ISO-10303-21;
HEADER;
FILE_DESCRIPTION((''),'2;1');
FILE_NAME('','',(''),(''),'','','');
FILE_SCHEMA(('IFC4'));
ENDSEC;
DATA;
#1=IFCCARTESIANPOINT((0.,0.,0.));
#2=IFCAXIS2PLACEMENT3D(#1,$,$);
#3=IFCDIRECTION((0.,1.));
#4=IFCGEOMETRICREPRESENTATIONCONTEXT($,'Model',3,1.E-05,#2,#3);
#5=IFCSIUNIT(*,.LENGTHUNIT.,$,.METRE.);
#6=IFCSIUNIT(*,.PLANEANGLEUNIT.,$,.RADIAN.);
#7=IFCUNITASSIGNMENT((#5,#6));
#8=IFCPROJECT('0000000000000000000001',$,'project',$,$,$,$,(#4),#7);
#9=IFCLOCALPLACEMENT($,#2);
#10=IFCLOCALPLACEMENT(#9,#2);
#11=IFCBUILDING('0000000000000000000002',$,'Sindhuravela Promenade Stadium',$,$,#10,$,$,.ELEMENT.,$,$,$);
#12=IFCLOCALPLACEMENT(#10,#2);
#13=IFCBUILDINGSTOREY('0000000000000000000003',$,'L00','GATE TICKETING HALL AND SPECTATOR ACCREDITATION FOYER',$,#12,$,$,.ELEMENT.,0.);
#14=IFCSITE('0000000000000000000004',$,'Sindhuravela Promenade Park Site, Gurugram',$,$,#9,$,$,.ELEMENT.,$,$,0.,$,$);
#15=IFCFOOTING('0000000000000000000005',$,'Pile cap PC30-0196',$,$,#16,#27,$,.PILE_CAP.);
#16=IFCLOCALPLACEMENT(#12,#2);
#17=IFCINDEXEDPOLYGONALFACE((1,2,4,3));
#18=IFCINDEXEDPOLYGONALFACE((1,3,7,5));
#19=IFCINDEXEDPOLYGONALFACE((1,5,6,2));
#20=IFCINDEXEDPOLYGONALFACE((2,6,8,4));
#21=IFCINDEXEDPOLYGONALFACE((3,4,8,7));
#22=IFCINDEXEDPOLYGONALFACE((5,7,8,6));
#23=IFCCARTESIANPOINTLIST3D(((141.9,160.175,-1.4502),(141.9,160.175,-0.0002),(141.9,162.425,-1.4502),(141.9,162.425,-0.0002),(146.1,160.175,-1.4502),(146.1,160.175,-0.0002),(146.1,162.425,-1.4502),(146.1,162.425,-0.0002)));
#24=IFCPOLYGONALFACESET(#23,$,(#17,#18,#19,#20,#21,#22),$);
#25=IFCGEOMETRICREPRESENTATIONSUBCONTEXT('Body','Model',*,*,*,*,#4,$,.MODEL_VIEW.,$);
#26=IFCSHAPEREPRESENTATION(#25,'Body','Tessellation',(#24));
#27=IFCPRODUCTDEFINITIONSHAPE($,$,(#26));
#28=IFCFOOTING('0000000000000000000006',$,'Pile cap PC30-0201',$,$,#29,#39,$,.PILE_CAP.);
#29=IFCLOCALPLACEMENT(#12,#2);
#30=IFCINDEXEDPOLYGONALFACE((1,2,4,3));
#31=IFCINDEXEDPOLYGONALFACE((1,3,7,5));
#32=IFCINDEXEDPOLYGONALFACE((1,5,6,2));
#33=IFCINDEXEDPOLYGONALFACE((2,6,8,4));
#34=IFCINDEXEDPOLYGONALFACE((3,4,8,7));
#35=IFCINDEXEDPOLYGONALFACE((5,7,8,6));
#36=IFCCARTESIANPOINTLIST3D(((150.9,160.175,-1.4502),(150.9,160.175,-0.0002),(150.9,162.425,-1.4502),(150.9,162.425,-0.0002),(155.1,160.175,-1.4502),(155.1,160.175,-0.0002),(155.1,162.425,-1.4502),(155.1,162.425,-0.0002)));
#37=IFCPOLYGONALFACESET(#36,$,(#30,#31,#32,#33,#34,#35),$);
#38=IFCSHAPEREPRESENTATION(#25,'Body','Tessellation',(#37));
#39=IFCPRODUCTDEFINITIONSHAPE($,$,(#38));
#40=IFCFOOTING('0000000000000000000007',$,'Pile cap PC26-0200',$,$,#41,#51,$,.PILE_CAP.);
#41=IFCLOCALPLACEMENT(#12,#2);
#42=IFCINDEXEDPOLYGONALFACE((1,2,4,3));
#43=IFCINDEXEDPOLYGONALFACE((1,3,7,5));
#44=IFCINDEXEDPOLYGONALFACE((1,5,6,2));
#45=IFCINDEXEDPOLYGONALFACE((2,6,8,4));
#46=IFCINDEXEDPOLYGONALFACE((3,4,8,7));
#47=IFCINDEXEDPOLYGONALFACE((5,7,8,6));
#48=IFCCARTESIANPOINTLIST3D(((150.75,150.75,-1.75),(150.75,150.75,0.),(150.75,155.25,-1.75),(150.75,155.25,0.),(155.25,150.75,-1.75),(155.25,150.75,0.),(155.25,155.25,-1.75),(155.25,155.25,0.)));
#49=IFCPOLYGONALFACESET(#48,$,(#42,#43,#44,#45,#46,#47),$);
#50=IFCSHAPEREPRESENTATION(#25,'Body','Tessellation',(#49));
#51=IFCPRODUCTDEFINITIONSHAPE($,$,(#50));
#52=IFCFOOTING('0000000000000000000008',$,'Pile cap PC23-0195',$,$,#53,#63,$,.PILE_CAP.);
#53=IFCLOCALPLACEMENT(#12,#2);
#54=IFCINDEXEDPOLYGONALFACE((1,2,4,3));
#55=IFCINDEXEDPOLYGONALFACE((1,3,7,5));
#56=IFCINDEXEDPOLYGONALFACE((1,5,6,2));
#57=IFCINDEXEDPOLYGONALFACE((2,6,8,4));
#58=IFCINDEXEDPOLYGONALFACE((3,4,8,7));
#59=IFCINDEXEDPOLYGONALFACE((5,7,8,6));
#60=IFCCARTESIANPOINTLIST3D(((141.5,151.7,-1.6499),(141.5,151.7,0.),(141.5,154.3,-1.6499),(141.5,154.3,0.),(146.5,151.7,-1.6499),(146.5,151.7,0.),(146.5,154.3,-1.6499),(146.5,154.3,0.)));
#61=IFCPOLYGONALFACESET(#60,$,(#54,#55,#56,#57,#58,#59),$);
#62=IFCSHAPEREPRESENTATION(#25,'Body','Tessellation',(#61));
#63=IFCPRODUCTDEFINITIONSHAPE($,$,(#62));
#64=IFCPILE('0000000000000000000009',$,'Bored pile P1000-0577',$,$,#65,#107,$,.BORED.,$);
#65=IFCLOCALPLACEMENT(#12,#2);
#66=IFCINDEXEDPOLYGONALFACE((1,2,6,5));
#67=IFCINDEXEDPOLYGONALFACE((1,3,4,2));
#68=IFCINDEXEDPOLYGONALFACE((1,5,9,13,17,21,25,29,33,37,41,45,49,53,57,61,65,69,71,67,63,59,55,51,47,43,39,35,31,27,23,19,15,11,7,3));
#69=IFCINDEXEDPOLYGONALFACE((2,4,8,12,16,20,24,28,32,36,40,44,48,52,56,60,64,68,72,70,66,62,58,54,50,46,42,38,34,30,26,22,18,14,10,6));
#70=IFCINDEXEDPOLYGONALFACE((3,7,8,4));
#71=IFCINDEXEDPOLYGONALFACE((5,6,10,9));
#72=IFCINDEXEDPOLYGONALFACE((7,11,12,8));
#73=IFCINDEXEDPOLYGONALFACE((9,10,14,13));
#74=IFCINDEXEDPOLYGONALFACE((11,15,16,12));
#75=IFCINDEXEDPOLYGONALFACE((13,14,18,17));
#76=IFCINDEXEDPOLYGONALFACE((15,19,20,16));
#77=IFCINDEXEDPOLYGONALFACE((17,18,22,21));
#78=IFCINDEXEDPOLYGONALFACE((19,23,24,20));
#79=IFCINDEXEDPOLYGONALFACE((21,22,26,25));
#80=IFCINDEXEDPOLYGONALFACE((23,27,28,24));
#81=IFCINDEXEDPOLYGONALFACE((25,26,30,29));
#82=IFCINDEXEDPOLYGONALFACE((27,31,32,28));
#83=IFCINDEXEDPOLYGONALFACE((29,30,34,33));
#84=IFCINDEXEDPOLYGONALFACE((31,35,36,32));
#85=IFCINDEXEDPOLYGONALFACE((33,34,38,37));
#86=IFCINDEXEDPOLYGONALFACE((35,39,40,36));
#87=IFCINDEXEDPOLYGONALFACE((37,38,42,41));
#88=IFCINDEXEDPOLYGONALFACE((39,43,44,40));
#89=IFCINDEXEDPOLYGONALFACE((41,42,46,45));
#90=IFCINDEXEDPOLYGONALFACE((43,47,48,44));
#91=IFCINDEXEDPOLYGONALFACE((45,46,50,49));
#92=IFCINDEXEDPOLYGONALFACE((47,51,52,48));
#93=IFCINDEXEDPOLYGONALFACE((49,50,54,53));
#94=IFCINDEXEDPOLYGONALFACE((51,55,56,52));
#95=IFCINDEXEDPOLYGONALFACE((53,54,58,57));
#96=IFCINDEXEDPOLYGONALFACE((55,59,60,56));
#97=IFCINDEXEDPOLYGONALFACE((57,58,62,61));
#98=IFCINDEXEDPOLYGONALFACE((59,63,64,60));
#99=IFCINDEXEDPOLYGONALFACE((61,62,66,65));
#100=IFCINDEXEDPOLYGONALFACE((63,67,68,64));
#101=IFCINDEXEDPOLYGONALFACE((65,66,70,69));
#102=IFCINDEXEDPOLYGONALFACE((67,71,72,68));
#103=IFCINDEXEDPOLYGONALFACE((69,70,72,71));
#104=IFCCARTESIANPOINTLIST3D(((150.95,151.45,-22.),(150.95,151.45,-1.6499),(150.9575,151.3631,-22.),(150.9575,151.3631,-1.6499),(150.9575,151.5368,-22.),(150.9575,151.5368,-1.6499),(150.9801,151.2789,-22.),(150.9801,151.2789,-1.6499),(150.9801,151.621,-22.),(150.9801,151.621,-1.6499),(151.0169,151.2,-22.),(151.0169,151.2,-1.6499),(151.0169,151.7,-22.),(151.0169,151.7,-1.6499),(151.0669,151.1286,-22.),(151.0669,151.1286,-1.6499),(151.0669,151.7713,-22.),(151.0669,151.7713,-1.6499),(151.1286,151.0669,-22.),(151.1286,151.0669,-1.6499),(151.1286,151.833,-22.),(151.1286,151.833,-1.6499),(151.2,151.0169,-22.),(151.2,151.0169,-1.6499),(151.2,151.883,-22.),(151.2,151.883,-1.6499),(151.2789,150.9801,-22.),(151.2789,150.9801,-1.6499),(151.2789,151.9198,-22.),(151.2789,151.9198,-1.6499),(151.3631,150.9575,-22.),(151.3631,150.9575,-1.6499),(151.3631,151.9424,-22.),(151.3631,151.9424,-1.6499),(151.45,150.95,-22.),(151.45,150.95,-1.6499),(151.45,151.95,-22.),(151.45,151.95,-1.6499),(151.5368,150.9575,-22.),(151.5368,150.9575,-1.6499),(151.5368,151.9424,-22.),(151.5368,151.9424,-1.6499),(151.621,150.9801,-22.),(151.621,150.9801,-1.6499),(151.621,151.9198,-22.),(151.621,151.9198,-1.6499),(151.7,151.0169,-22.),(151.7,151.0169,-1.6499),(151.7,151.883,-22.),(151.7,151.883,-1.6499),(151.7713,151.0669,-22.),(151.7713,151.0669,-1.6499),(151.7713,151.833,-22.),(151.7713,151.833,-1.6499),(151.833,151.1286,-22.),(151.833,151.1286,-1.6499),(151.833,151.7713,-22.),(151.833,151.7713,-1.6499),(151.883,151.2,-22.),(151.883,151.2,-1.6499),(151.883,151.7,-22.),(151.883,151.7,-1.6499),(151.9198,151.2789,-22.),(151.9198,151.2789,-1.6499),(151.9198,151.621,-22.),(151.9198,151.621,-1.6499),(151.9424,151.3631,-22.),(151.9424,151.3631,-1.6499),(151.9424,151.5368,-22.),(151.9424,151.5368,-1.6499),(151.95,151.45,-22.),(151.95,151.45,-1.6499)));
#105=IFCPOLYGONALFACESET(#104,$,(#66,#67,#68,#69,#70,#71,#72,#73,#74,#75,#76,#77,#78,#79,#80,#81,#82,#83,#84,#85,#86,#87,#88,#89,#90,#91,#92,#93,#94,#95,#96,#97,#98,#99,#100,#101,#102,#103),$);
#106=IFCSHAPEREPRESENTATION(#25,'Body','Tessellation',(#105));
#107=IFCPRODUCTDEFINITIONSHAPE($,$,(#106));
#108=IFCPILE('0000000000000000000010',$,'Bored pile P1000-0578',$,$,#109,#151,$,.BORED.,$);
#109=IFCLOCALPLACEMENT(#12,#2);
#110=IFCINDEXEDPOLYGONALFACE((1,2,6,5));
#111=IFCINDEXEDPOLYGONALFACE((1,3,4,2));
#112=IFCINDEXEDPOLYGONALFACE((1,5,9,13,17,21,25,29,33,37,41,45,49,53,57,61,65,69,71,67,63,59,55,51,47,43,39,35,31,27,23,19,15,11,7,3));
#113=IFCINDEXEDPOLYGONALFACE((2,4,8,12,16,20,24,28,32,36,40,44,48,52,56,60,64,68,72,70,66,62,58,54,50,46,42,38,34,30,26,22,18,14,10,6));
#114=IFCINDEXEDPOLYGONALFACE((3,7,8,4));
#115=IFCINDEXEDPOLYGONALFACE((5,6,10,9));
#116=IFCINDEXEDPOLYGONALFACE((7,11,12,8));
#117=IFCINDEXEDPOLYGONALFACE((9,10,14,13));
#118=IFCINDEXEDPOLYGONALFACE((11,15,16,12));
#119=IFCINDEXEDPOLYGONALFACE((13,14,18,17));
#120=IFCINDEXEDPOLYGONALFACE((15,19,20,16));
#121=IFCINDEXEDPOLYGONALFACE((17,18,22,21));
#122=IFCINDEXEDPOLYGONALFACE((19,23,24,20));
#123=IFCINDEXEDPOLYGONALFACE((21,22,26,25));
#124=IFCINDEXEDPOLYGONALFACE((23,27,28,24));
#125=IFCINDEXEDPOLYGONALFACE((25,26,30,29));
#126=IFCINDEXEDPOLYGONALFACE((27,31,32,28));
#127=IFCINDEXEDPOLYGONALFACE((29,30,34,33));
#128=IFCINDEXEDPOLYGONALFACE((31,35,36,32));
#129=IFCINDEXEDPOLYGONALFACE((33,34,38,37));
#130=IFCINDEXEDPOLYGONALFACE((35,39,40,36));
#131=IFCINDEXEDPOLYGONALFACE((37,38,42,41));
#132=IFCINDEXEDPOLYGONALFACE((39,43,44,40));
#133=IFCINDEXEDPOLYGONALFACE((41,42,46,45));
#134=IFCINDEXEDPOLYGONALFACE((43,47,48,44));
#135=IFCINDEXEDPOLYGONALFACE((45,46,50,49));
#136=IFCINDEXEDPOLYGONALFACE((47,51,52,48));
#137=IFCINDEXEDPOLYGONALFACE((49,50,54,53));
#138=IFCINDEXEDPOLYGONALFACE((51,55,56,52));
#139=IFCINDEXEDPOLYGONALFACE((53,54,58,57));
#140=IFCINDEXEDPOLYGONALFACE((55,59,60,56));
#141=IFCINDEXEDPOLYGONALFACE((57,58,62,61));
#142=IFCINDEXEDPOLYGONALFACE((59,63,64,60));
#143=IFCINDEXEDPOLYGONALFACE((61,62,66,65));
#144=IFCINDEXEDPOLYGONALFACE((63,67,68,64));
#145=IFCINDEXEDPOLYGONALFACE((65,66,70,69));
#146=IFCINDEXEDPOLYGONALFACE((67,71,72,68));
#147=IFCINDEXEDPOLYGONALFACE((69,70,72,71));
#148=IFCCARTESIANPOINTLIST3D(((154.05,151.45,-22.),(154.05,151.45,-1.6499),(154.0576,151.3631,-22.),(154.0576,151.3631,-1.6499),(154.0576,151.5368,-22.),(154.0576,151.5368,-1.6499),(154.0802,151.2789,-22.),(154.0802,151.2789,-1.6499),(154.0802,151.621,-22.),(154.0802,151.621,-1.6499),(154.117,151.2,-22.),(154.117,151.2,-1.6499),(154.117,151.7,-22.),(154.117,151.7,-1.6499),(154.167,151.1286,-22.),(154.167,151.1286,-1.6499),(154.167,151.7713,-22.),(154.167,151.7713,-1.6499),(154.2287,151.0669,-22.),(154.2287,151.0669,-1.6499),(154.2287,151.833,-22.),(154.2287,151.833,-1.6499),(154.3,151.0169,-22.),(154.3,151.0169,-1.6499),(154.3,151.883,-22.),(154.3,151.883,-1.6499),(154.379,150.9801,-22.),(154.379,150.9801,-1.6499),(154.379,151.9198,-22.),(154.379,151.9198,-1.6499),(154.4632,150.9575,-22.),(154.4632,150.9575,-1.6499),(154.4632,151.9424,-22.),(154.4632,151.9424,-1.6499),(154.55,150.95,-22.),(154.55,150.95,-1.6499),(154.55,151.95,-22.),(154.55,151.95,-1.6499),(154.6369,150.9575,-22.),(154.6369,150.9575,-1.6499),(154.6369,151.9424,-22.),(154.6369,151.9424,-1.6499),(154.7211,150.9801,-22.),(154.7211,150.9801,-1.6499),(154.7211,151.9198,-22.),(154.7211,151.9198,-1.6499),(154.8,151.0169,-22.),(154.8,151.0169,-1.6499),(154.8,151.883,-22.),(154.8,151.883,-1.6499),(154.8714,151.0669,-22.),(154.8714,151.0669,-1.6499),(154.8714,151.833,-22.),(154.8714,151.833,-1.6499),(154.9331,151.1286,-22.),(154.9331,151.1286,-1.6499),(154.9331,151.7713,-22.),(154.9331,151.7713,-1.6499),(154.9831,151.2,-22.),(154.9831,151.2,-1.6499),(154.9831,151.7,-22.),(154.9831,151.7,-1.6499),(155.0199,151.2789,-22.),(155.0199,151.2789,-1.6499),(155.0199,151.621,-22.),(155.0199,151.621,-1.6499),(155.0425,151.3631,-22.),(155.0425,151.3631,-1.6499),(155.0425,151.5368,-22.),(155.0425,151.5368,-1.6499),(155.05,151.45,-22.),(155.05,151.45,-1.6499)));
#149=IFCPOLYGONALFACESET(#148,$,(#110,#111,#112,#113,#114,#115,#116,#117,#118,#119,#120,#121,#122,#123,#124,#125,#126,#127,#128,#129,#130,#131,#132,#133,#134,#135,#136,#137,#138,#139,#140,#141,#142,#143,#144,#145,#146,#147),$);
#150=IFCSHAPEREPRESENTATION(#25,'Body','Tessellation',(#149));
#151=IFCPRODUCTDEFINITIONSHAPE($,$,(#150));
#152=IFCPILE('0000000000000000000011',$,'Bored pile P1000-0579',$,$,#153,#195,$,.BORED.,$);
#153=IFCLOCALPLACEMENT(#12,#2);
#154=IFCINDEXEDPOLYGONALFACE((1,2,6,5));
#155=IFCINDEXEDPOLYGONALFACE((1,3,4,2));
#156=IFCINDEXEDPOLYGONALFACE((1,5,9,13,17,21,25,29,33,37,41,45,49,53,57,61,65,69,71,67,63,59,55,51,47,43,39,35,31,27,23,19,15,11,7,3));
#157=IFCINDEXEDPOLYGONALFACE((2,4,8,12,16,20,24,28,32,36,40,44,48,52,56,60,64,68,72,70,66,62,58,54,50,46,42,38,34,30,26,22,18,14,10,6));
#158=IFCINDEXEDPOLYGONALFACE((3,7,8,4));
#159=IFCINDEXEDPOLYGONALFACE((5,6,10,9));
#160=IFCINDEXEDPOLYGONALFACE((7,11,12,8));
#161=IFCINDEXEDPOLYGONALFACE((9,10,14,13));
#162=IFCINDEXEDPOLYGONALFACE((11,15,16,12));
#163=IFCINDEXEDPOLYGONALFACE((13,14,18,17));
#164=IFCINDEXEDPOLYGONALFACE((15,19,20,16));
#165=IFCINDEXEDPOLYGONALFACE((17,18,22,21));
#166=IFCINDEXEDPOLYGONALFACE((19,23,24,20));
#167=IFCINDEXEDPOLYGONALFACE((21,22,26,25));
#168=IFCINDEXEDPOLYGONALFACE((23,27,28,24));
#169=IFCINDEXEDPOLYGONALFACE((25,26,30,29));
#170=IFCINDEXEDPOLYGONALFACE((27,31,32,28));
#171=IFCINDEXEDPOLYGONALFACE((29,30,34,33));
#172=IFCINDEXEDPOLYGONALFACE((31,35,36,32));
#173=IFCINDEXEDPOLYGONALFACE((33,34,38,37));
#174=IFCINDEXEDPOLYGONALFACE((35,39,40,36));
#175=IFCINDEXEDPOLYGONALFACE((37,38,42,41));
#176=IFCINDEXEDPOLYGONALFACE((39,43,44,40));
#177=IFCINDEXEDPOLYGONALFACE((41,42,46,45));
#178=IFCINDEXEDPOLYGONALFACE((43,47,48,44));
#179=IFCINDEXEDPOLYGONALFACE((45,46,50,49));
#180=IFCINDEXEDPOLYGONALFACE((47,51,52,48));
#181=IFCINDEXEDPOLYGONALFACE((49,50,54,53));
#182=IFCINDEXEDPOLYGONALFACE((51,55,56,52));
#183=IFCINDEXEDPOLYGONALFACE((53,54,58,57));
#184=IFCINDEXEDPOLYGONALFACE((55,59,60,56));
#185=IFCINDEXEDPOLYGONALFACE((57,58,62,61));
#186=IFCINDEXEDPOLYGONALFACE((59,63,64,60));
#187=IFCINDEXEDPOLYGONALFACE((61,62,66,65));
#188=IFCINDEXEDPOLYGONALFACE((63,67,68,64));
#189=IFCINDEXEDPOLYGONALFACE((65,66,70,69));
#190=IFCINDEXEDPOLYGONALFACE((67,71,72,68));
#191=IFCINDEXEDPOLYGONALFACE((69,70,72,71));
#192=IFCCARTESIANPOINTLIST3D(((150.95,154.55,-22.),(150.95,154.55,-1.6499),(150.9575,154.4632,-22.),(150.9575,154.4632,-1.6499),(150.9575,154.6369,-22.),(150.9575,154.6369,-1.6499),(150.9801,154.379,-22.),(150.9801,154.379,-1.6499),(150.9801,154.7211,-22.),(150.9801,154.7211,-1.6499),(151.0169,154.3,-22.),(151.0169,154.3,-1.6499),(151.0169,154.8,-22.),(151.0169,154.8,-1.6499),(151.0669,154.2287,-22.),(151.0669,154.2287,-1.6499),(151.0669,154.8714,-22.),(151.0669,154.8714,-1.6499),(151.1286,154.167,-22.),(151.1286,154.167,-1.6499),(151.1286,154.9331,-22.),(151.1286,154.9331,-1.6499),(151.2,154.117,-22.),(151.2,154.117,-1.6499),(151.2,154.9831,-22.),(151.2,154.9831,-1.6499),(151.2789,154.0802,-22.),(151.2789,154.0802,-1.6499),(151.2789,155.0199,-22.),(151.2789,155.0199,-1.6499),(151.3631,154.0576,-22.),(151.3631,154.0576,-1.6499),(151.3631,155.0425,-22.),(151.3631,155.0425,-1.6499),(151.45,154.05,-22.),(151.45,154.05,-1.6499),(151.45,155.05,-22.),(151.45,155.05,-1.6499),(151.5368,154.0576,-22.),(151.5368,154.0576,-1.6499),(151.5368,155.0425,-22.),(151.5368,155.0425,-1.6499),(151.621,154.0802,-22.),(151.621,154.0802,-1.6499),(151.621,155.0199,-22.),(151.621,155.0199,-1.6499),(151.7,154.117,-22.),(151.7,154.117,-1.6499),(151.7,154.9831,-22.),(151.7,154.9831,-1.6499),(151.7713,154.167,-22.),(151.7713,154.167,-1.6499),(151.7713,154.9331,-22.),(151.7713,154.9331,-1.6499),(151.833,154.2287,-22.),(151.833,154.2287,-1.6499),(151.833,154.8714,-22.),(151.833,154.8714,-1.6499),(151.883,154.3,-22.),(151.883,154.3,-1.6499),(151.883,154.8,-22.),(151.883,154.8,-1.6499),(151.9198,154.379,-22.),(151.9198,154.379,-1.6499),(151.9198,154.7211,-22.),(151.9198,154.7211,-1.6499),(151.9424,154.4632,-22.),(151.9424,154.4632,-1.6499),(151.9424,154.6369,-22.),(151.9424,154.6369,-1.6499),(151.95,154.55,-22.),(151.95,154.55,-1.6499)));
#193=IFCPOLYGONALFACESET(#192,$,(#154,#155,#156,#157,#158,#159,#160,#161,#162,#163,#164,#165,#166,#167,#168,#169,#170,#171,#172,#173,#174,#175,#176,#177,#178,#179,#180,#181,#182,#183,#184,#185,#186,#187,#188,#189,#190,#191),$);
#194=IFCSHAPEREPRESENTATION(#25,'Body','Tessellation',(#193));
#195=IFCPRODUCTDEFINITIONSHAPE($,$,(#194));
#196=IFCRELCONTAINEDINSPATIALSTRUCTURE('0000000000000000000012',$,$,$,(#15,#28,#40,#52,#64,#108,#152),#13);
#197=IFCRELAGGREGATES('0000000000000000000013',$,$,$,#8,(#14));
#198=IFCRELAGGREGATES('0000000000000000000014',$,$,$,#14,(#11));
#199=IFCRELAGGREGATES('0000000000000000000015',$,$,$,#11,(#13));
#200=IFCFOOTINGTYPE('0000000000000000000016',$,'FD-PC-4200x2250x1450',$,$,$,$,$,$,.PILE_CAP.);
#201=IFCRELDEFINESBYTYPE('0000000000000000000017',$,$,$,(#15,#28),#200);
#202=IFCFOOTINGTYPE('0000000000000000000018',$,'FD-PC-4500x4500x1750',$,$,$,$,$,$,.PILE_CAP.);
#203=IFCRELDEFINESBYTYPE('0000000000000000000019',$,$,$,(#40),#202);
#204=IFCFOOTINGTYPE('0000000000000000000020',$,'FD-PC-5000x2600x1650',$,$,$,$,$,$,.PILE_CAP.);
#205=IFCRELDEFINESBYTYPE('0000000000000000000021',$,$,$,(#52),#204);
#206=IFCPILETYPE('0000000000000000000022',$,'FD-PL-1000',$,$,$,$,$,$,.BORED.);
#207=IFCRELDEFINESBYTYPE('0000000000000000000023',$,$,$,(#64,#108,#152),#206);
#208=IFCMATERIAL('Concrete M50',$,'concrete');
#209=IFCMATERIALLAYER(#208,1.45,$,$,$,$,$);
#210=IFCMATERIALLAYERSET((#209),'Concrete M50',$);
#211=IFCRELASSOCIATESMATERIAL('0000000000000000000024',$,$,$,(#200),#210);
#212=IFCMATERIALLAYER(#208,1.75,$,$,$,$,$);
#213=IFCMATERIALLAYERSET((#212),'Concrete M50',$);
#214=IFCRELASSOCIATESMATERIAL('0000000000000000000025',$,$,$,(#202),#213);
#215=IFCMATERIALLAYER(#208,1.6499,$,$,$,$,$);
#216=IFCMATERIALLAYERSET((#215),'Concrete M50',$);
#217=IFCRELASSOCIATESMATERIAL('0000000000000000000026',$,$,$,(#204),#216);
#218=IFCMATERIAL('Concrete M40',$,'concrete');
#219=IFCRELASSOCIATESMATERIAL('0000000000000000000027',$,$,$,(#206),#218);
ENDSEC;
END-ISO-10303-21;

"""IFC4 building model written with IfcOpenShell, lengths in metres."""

from ifc_helpers import new_model, si_unit, direction, frame, origin, origin_2d, place, context, subcontext, project, spatial, rectangle, circle, extrude, material, layer, layer_set, material_profile, profile_set, type_object, element, save


model = new_model("IFC4")

# Units and contexts
model_context = context("Model", 3, precision=1e-05, world=origin(), true_north=direction((0.0, 1.0)))
body_context = subcontext(model_context, "Body", "Model", "MODEL_VIEW")
ifc_project = project(units=[si_unit("LENGTHUNIT", "METRE"), si_unit("PLANEANGLEUNIT", "RADIAN")], contexts=[model_context])

# Site, building, storey
site_placement = place(None, origin())
site = spatial("IfcSite", under=ifc_project, at=site_placement, Name="Sindhuravela Promenade Park Site, Gurugram", CompositionType="ELEMENT", RefElevation=0.0)
building_placement = place(site_placement, origin())
building = spatial("IfcBuilding", under=site, at=building_placement, Name="Sindhuravela Promenade Stadium", CompositionType="ELEMENT")
storey_placement = place(building_placement, origin())
storey = spatial("IfcBuildingStorey", under=building, at=storey_placement, Name="L00", Description="GATE TICKETING HALL AND SPECTATOR ACCREDITATION FOYER", CompositionType="ELEMENT", Elevation=0.0)

# Footings
ifc_material_1 = material(Name="Concrete M50", Category="concrete")
ifc_layer_1 = layer(ifc_material_1, 1.45)
ifc_layer_set_1 = layer_set([ifc_layer_1], Name="Concrete M50")
footing_type_1 = type_object("IfcFootingType", Name="FD-PC-4200x2250x1450", PredefinedType="PILE_CAP", material=ifc_layer_set_1)
for number, where, z_axis, x_axis, name in (
    (1, (144.0, 161.3, -1.4502), (0.0, 0.0, 1.0), (1.0, 0.0, 0.0), "Pile cap PC30-0196"),
    (2, (153.0, 161.3, -1.4502), (0.0, 0.0, 1.0), (1.0, 0.0, 0.0), "Pile cap PC30-0201"),
):
    element("IfcFooting", number, at=place(storey_placement, frame(where, z_axis=z_axis, x_axis=x_axis)), inside=storey, type_object=footing_type_1, Name=name, PredefinedType="PILE_CAP", context=body_context, shape_type="SweptSolid", body=[
        extrude(rectangle(XDim=4.2, YDim=2.25, at=origin_2d()), origin(), (0.0, 0.0, 1.0), 1.45),
    ])
ifc_layer_2 = layer(ifc_material_1, 1.75)
ifc_layer_set_2 = layer_set([ifc_layer_2], Name="Concrete M50")
footing_type_2 = type_object("IfcFootingType", Name="FD-PC-4500x4500x1750", PredefinedType="PILE_CAP", material=ifc_layer_set_2)
footing_1_placement = place(storey_placement, frame((153.0, 153.0, -1.75), z_axis=(0.0, 0.0, 1.0), x_axis=(1.0, 0.0, 0.0)))
element("IfcFooting", 3, at=footing_1_placement, inside=storey, type_object=footing_type_2, Name="Pile cap PC26-0200", PredefinedType="PILE_CAP", context=body_context, shape_type="SweptSolid", body=[
    extrude(rectangle(XDim=4.5, YDim=4.5, at=origin_2d()), origin(), (0.0, 0.0, 1.0), 1.75),
])
ifc_layer_3 = layer(ifc_material_1, 1.6499)
ifc_layer_set_3 = layer_set([ifc_layer_3], Name="Concrete M50")
footing_type_3 = type_object("IfcFootingType", Name="FD-PC-5000x2600x1650", PredefinedType="PILE_CAP", material=ifc_layer_set_3)
footing_2_placement = place(storey_placement, frame((144.0, 153.0, -1.6499), z_axis=(0.0, 0.0, 1.0), x_axis=(1.0, 0.0, 0.0)))
element("IfcFooting", 4, at=footing_2_placement, inside=storey, type_object=footing_type_3, Name="Pile cap PC23-0195", PredefinedType="PILE_CAP", context=body_context, shape_type="SweptSolid", body=[
    extrude(rectangle(XDim=5.0, YDim=2.6001, at=origin_2d()), origin(), (0.0, 0.0, 1.0), 1.6499),
])

# Piles
ifc_material_2 = material(Name="Concrete M40", Category="concrete")
ifc_material_profile_1 = material_profile(ifc_material_2, circle(Radius=0.5, at=origin_2d()), Name="BORED PILE D1000")
ifc_profile_set_1 = profile_set([ifc_material_profile_1], Name="Concrete M40")
pile_type_1 = type_object("IfcPileType", Name="FD-PL-1000", PredefinedType="BORED", material=ifc_profile_set_1)
for number, where, z_axis, x_axis, name in (
    (5, (151.45, 151.45, -1.6499), (0.0, 0.0, -1.0), (1.0, 0.0, 0.0), "Bored pile P1000-0577"),
    (6, (154.55, 151.45, -1.6499), (0.0, 0.0, -1.0), (1.0, 0.0, 0.0), "Bored pile P1000-0578"),
    (7, (151.45, 154.55, -1.6499), (0.0, 0.0, -1.0), (1.0, 0.0, 0.0), "Bored pile P1000-0579"),
):
    element("IfcPile", number, at=place(storey_placement, frame(where, z_axis=z_axis, x_axis=x_axis)), inside=storey, type_object=pile_type_1, Name=name, PredefinedType="BORED", context=body_context, shape_type="SweptSolid", body=[
        extrude(circle(Radius=0.5, at=origin_2d()), origin(), (0.0, 0.0, 1.0), 20.3501),
    ])

save(model, "model.ifc")
